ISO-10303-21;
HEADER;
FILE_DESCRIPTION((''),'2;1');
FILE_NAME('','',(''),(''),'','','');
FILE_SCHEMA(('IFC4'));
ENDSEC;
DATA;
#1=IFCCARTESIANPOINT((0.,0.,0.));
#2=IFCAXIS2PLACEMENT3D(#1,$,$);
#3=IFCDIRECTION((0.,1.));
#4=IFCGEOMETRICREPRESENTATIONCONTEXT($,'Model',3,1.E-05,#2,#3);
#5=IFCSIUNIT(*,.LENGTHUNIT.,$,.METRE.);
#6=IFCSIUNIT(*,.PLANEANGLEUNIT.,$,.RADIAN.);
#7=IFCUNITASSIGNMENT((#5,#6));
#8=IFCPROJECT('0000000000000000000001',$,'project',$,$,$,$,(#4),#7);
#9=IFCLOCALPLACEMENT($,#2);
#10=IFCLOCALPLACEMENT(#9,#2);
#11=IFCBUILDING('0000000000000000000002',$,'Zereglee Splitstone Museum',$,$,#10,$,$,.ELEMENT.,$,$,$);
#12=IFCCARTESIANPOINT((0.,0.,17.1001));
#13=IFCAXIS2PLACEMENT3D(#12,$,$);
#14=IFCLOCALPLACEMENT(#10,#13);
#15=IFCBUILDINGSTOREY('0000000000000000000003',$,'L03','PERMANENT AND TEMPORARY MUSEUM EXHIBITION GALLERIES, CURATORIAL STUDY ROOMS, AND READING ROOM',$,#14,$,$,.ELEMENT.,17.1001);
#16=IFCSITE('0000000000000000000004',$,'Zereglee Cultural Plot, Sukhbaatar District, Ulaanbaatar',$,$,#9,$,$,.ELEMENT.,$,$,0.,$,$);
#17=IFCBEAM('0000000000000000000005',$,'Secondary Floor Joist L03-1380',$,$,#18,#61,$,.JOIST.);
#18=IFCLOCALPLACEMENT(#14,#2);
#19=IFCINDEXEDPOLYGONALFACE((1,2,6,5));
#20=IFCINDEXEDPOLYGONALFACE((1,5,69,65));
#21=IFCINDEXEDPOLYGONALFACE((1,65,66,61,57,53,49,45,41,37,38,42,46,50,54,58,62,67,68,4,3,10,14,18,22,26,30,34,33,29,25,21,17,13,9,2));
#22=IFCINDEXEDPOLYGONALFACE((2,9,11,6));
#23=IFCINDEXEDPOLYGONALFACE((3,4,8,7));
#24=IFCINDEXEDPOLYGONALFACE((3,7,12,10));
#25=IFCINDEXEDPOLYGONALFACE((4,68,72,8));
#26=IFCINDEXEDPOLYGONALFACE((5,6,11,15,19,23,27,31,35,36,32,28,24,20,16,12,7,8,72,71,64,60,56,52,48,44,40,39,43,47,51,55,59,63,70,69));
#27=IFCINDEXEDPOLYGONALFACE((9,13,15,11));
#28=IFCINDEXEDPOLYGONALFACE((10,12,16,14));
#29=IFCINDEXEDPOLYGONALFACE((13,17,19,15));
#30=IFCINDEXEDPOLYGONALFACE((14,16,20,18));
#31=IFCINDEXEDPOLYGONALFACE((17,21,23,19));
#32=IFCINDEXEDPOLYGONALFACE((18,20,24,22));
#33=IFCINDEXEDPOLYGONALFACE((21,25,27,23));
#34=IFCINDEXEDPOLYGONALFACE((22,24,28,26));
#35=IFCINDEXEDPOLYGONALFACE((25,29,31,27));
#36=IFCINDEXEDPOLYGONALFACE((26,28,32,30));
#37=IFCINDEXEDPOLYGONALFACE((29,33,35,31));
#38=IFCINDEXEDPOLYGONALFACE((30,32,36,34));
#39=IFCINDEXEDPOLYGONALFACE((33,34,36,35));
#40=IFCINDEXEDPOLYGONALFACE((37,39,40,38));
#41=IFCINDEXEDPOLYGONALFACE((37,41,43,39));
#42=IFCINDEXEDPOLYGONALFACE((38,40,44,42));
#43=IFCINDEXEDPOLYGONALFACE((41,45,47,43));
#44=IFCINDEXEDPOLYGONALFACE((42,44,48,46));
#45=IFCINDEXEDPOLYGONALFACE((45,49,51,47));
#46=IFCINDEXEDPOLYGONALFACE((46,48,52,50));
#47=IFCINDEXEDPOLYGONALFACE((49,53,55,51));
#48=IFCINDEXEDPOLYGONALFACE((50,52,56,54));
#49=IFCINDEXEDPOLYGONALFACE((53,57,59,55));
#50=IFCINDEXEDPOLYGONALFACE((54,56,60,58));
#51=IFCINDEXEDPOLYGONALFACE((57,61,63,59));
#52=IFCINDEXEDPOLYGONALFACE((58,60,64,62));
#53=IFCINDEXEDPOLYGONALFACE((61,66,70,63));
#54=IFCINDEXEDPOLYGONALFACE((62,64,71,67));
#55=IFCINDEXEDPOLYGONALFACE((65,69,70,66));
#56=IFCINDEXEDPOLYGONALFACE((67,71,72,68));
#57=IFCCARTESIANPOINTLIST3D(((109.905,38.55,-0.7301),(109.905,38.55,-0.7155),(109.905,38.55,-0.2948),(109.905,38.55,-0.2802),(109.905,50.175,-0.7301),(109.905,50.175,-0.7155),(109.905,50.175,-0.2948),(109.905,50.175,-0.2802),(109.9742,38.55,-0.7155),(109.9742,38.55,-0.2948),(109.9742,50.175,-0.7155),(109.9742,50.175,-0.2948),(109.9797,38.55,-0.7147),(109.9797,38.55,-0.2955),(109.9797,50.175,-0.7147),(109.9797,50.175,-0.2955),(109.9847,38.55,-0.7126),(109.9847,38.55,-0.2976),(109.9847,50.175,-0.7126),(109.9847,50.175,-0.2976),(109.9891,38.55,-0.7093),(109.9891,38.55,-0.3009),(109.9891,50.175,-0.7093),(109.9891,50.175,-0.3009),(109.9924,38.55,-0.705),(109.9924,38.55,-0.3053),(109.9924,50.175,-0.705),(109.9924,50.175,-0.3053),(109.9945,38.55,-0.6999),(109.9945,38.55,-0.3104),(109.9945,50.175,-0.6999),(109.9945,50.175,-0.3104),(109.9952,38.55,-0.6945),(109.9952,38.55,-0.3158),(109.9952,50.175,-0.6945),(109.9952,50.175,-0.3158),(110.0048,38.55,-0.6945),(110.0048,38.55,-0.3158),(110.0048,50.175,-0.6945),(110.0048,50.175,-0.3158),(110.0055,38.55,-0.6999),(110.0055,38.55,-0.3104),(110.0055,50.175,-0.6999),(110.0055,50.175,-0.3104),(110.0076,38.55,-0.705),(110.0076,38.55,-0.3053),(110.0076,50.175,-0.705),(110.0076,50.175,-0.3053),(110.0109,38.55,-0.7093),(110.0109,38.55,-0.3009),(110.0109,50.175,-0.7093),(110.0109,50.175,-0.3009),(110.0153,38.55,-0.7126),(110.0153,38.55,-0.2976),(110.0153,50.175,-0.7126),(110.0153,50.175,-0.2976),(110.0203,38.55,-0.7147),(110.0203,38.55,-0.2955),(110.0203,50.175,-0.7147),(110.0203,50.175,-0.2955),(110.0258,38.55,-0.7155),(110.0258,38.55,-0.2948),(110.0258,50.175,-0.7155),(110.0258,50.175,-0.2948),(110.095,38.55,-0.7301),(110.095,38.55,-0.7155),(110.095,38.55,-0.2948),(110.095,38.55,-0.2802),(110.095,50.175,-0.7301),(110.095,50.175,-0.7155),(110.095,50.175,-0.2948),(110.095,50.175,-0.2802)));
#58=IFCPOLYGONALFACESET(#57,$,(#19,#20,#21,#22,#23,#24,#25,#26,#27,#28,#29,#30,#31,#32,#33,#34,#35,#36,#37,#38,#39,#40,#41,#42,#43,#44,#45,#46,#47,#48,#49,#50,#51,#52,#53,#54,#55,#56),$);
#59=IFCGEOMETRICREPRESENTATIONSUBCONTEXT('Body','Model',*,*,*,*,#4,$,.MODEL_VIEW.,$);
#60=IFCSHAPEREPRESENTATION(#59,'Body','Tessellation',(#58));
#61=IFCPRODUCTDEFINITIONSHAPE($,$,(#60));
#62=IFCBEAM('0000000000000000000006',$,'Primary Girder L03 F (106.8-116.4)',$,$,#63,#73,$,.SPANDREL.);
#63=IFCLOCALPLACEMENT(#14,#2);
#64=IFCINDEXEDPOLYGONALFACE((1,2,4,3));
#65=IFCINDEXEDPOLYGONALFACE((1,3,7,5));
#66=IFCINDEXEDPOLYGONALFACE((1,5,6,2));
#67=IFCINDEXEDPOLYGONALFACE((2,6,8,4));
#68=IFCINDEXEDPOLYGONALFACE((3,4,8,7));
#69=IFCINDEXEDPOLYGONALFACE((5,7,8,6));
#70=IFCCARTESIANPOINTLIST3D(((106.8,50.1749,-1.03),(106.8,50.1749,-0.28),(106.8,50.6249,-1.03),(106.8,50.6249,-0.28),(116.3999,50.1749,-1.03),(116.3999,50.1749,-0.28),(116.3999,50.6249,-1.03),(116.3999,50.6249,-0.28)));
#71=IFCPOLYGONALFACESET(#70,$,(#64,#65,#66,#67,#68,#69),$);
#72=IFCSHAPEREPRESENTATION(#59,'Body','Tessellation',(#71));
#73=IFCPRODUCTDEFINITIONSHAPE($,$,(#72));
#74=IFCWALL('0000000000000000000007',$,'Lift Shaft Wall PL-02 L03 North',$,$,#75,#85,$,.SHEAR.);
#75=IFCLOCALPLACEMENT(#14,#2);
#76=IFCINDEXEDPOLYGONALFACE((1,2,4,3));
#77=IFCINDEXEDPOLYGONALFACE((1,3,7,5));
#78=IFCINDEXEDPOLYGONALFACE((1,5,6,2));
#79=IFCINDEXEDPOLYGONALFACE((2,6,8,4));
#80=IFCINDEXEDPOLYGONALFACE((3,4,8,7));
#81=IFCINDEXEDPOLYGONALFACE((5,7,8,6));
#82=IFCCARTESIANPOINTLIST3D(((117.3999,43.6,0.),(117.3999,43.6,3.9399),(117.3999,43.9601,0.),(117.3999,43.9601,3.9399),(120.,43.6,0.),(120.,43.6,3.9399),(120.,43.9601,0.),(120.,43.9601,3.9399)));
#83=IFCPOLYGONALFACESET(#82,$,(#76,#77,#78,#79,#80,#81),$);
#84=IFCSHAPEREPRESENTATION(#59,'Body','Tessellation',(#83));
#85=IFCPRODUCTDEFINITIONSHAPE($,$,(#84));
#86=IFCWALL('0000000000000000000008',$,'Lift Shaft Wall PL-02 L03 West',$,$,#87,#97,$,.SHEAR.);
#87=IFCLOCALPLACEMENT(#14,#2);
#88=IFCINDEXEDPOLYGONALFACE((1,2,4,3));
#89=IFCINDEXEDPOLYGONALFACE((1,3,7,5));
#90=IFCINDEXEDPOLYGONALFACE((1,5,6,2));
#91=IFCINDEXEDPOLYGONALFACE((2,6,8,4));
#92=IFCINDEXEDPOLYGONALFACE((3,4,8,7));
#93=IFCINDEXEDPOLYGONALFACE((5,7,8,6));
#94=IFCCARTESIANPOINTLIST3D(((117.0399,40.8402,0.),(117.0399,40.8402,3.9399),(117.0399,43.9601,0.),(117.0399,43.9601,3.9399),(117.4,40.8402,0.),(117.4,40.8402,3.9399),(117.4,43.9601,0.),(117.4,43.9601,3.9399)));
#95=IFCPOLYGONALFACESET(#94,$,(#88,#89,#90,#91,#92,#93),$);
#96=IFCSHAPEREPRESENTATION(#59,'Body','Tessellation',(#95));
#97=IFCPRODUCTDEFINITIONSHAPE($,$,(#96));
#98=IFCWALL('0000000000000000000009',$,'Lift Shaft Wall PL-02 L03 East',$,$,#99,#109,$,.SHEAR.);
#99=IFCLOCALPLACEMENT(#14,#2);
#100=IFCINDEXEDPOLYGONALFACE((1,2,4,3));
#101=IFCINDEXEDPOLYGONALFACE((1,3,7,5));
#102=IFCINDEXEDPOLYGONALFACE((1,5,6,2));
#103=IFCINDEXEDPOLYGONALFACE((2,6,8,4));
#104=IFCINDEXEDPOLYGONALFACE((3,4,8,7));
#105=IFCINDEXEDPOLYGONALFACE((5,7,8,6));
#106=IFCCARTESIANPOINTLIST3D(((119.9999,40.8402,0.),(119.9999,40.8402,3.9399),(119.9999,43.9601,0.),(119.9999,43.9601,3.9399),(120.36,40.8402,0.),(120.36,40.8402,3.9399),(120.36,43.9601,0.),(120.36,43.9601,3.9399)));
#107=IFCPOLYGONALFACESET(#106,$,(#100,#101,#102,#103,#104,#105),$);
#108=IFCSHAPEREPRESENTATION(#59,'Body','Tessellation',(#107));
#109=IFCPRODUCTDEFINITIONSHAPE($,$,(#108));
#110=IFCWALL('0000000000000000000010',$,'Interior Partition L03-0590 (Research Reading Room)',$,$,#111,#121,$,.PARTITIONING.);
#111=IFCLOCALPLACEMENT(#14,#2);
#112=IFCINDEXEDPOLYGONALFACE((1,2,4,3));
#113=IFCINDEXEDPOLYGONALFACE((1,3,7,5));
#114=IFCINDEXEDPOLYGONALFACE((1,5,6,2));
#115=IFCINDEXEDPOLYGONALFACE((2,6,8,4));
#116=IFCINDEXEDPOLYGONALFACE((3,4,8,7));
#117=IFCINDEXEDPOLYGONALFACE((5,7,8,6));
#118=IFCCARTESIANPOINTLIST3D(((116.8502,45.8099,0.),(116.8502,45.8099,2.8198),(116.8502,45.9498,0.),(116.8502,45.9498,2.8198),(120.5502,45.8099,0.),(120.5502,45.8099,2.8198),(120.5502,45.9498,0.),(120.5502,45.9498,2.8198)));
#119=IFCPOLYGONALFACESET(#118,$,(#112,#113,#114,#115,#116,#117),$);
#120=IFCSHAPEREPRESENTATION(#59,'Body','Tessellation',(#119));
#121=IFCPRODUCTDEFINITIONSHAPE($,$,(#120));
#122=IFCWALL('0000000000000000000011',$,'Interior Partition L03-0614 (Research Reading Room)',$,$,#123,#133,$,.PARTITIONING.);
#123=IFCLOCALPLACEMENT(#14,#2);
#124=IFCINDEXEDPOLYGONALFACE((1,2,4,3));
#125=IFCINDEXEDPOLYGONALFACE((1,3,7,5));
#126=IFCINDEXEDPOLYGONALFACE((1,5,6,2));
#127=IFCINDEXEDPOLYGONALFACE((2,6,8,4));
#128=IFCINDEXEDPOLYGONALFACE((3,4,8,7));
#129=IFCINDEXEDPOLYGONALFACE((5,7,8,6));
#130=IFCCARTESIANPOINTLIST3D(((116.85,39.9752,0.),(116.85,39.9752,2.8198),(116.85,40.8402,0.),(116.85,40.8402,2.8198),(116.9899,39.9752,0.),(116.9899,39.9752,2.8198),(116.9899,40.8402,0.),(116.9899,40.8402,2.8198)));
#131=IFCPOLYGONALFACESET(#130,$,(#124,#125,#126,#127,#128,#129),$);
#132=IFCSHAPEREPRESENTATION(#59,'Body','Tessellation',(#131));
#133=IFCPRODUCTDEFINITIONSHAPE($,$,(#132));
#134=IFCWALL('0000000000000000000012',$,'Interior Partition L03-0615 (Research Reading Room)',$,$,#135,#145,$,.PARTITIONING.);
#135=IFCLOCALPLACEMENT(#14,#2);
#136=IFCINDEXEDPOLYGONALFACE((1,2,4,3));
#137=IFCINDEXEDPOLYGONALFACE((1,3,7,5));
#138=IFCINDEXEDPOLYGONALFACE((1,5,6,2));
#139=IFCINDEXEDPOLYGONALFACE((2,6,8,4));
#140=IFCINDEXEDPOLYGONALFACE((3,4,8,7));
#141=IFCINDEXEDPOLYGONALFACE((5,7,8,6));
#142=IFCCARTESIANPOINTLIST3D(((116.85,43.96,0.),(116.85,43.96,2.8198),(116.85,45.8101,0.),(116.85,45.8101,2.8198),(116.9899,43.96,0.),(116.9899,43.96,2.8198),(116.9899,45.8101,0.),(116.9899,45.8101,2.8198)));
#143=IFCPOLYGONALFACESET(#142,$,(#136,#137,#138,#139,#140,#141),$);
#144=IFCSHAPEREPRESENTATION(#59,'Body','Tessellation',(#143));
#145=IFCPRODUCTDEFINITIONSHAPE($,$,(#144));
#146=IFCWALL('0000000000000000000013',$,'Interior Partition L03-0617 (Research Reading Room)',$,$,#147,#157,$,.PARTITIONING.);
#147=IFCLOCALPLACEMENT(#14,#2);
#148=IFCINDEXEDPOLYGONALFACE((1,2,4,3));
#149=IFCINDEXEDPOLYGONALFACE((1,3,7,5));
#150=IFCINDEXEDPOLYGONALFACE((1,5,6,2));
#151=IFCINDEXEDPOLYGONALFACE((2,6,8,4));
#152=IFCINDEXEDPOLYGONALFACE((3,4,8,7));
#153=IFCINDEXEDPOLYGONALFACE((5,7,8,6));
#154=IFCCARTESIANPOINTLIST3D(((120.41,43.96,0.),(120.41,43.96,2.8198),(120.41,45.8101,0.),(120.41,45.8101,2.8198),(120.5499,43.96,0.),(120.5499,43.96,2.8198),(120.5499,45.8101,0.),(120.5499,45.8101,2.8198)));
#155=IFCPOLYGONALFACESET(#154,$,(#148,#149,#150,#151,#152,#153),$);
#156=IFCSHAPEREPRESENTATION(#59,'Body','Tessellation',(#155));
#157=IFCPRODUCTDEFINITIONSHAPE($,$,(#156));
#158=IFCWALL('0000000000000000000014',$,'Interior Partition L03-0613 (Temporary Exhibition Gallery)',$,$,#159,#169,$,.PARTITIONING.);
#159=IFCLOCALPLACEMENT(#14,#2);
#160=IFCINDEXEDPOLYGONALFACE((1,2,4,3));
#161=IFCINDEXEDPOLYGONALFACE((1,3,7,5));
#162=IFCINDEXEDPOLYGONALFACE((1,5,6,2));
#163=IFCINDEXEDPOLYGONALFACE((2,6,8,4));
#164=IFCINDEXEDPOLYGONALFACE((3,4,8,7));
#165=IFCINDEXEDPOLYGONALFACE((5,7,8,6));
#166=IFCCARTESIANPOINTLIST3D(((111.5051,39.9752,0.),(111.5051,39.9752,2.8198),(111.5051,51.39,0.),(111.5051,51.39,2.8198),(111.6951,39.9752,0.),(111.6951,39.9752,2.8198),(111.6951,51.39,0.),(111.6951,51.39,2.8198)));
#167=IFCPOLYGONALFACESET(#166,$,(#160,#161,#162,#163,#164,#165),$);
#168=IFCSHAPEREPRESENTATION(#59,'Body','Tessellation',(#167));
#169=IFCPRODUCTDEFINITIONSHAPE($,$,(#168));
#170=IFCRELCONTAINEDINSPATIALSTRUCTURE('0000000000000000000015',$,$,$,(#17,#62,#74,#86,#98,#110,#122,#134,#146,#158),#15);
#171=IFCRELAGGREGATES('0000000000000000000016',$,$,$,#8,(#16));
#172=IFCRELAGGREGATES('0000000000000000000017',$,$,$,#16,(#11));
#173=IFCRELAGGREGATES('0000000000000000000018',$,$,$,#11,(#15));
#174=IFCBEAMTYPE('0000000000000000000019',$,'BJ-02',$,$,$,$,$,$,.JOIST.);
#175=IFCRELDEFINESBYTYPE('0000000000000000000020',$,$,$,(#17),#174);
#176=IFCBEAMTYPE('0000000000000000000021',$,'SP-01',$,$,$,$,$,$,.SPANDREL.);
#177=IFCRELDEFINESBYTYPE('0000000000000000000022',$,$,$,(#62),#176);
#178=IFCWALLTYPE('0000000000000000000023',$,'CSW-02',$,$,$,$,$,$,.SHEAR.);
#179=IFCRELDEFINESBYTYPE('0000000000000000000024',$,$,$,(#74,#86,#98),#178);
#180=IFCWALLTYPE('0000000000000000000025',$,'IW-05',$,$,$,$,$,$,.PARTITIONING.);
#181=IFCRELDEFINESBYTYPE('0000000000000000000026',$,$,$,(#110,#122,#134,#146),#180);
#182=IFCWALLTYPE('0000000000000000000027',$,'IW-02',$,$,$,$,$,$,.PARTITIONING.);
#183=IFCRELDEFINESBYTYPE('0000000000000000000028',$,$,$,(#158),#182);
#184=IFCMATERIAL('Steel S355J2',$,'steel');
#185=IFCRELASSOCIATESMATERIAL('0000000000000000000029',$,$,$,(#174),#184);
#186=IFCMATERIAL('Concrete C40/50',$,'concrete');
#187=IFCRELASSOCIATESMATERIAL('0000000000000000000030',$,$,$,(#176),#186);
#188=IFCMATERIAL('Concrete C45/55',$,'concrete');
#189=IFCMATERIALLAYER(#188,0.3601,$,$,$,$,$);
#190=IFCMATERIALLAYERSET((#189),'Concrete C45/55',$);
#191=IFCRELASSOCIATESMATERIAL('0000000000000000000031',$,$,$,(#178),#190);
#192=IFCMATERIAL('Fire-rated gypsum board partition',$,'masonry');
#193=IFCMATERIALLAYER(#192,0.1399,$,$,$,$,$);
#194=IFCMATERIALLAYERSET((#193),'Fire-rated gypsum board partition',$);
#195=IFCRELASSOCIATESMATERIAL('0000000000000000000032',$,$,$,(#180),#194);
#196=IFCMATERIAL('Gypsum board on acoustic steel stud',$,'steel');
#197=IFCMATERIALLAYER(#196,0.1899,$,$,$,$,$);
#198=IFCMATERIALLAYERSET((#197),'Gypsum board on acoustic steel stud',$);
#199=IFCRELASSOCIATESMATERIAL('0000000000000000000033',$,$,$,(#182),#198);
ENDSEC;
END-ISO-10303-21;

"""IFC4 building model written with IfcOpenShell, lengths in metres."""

from ifc_helpers import new_model, si_unit, direction, frame, frame_2d, origin, origin_2d, place, context, subcontext, project, spatial, rectangle, i_section, extrude, material, layer, layer_set, material_profile, profile_set, type_object, element, save


model = new_model("IFC4")

# Units and contexts
model_context = context("Model", 3, precision=1e-05, world=origin(), true_north=direction((0.0, 1.0)))
body_context = subcontext(model_context, "Body", "Model", "MODEL_VIEW")
ifc_project = project(units=[si_unit("LENGTHUNIT", "METRE"), si_unit("PLANEANGLEUNIT", "RADIAN")], contexts=[model_context])

# Site, building, storey
site_placement = place(None, origin())
site = spatial("IfcSite", under=ifc_project, at=site_placement, Name="Zereglee Cultural Plot, Sukhbaatar District, Ulaanbaatar", CompositionType="ELEMENT", RefElevation=0.0)
building_placement = place(site_placement, origin())
building = spatial("IfcBuilding", under=site, at=building_placement, Name="Zereglee Splitstone Museum", CompositionType="ELEMENT")
storey_placement = place(building_placement, frame((0.0, 0.0, 17.1001)))
storey = spatial("IfcBuildingStorey", under=building, at=storey_placement, Name="L03", Description="PERMANENT AND TEMPORARY MUSEUM EXHIBITION GALLERIES, CURATORIAL STUDY ROOMS, AND READING ROOM", CompositionType="ELEMENT", Elevation=17.1001)

# Shared definitions
ifc_material_1 = material(Name="Steel S355J2", Category="steel")

# Beams
ifc_material_profile_1 = material_profile(ifc_material_1, i_section(OverallWidth=0.1899, OverallDepth=0.45, WebThickness=0.0095, FlangeThickness=0.0146, FilletRadius=0.021, at=origin_2d()), Name="IPE 450")
ifc_profile_set_1 = profile_set([ifc_material_profile_1], Name="Steel S355J2")
beam_type_1 = type_object("IfcBeamType", Name="BJ-02", PredefinedType="JOIST", material=ifc_profile_set_1)
beam_1_placement = place(storey_placement, frame((110.0, 38.55, -0.5051), z_axis=(0.0, 1.0, 0.0), x_axis=(-1.0, 0.0, 0.0)))
element("IfcBeam", 1, at=beam_1_placement, inside=storey, type_object=beam_type_1, Name="Secondary Floor Joist L03-1380", PredefinedType="JOIST", context=body_context, shape_type="SweptSolid", body=[
    extrude(i_section(OverallWidth=0.1899, OverallDepth=0.45, WebThickness=0.0095, FlangeThickness=0.0146, FilletRadius=0.021, at=origin_2d()), origin(), (0.0, 0.0, 1.0), 11.625),
])
ifc_material_2 = material(Name="Concrete C40/50", Category="concrete")
ifc_material_profile_2 = material_profile(ifc_material_2, rectangle(XDim=0.45, YDim=0.75, at=origin_2d()), Name="RC 450x750")
ifc_profile_set_2 = profile_set([ifc_material_profile_2], Name="Concrete C40/50")
beam_type_2 = type_object("IfcBeamType", Name="SP-01", PredefinedType="SPANDREL", material=ifc_profile_set_2)
beam_2_placement = place(storey_placement, frame((106.8, 50.3999, -0.655), z_axis=(1.0, 0.0, 0.0), x_axis=(0.0, 1.0, 0.0)))
element("IfcBeam", 2, at=beam_2_placement, inside=storey, type_object=beam_type_2, Name="Primary Girder L03 F (106.8-116.4)", PredefinedType="SPANDREL", context=body_context, shape_type="SweptSolid", body=[
    extrude(rectangle(XDim=0.45, YDim=0.75, at=origin_2d()), origin(), (0.0, 0.0, 1.0), 9.5999),
])

# Wall
ifc_material_3 = material(Name="Concrete C45/55", Category="concrete")
ifc_layer_1 = layer(ifc_material_3, 0.3601)
ifc_layer_set_1 = layer_set([ifc_layer_1], Name="Concrete C45/55")
wall_type_1 = type_object("IfcWallType", Name="CSW-02", PredefinedType="SHEAR", material=ifc_layer_set_1)
wall_1_placement = place(storey_placement, frame((117.3999, 43.78, 0.0), z_axis=(0.0, 0.0, 1.0), x_axis=(1.0, 0.0, 0.0)))
element("IfcWall", 3, at=wall_1_placement, inside=storey, type_object=wall_type_1, Name="Lift Shaft Wall PL-02 L03 North", PredefinedType="SHEAR", context=body_context, shape_type="SweptSolid", body=[
    extrude(rectangle(XDim=2.6001, YDim=0.3601, at=frame_2d((1.3, 0.0))), origin(), (0.0, 0.0, 1.0), 3.9399),
])

# Walls
for number, where, z_axis, x_axis, name in (
    (4, (117.22, 40.8401, 0.0), (0.0, 0.0, 1.0), (0.0, 1.0, 0.0), "Lift Shaft Wall PL-02 L03 West"),
    (5, (120.1799, 40.8401, 0.0), (0.0, 0.0, 1.0), (0.0, 1.0, 0.0), "Lift Shaft Wall PL-02 L03 East"),
):
    element("IfcWall", number, at=place(storey_placement, frame(where, z_axis=z_axis, x_axis=x_axis)), inside=storey, type_object=wall_type_1, Name=name, PredefinedType="SHEAR", context=body_context, shape_type="SweptSolid", body=[
        extrude(rectangle(XDim=3.1199, YDim=0.3601, at=frame_2d((1.5601, 0.0))), origin(), (0.0, 0.0, 1.0), 3.9399),
    ])
ifc_material_4 = material(Name="Fire-rated gypsum board partition", Category="masonry")
ifc_layer_2 = layer(ifc_material_4, 0.1399)
ifc_layer_set_2 = layer_set([ifc_layer_2], Name="Fire-rated gypsum board partition")
wall_type_2 = type_object("IfcWallType", Name="IW-05", PredefinedType="PARTITIONING", material=ifc_layer_set_2)
wall_2_placement = place(storey_placement, frame((116.8501, 45.8799, 0.0), z_axis=(0.0, 0.0, 1.0), x_axis=(1.0, 0.0, 0.0)))
element("IfcWall", 6, at=wall_2_placement, inside=storey, type_object=wall_type_2, Name="Interior Partition L03-0590 (Research Reading Room)", PredefinedType="PARTITIONING", context=body_context, shape_type="SweptSolid", body=[
    extrude(rectangle(XDim=3.7, YDim=0.1399, at=frame_2d((1.8501, 0.0))), origin(), (0.0, 0.0, 1.0), 2.8198),
])
wall_3_placement = place(storey_placement, frame((116.9199, 39.9751, 0.0), z_axis=(0.0, 0.0, 1.0), x_axis=(0.0, 1.0, 0.0)))
element("IfcWall", 7, at=wall_3_placement, inside=storey, type_object=wall_type_2, Name="Interior Partition L03-0614 (Research Reading Room)", PredefinedType="PARTITIONING", context=body_context, shape_type="SweptSolid", body=[
    extrude(rectangle(XDim=0.865, YDim=0.1399, at=frame_2d((0.4326, 0.0))), origin(), (0.0, 0.0, 1.0), 2.8198),
])
for number, where, z_axis, x_axis, name in (
    (8, (116.9199, 43.96, 0.0), (0.0, 0.0, 1.0), (0.0, 1.0, 0.0), "Interior Partition L03-0615 (Research Reading Room)"),
    (9, (120.48, 43.96, 0.0), (0.0, 0.0, 1.0), (0.0, 1.0, 0.0), "Interior Partition L03-0617 (Research Reading Room)"),
):
    element("IfcWall", number, at=place(storey_placement, frame(where, z_axis=z_axis, x_axis=x_axis)), inside=storey, type_object=wall_type_2, Name=name, PredefinedType="PARTITIONING", context=body_context, shape_type="SweptSolid", body=[
        extrude(rectangle(XDim=1.8501, YDim=0.1399, at=frame_2d((0.925, 0.0))), origin(), (0.0, 0.0, 1.0), 2.8198),
    ])
ifc_material_5 = material(Name="Gypsum board on acoustic steel stud", Category="steel")
ifc_layer_3 = layer(ifc_material_5, 0.1899)
ifc_layer_set_3 = layer_set([ifc_layer_3], Name="Gypsum board on acoustic steel stud")
wall_type_3 = type_object("IfcWallType", Name="IW-02", PredefinedType="PARTITIONING", material=ifc_layer_set_3)
wall_4_placement = place(storey_placement, frame((111.6001, 39.9751, 0.0), z_axis=(0.0, 0.0, 1.0), x_axis=(0.0, 1.0, 0.0)))
element("IfcWall", 10, at=wall_4_placement, inside=storey, type_object=wall_type_3, Name="Interior Partition L03-0613 (Temporary Exhibition Gallery)", PredefinedType="PARTITIONING", context=body_context, shape_type="SweptSolid", body=[
    extrude(rectangle(XDim=11.4148, YDim=0.1899, at=frame_2d((5.7075, 0.0))), origin(), (0.0, 0.0, 1.0), 2.8198),
])

save(model, "model.ifc")
